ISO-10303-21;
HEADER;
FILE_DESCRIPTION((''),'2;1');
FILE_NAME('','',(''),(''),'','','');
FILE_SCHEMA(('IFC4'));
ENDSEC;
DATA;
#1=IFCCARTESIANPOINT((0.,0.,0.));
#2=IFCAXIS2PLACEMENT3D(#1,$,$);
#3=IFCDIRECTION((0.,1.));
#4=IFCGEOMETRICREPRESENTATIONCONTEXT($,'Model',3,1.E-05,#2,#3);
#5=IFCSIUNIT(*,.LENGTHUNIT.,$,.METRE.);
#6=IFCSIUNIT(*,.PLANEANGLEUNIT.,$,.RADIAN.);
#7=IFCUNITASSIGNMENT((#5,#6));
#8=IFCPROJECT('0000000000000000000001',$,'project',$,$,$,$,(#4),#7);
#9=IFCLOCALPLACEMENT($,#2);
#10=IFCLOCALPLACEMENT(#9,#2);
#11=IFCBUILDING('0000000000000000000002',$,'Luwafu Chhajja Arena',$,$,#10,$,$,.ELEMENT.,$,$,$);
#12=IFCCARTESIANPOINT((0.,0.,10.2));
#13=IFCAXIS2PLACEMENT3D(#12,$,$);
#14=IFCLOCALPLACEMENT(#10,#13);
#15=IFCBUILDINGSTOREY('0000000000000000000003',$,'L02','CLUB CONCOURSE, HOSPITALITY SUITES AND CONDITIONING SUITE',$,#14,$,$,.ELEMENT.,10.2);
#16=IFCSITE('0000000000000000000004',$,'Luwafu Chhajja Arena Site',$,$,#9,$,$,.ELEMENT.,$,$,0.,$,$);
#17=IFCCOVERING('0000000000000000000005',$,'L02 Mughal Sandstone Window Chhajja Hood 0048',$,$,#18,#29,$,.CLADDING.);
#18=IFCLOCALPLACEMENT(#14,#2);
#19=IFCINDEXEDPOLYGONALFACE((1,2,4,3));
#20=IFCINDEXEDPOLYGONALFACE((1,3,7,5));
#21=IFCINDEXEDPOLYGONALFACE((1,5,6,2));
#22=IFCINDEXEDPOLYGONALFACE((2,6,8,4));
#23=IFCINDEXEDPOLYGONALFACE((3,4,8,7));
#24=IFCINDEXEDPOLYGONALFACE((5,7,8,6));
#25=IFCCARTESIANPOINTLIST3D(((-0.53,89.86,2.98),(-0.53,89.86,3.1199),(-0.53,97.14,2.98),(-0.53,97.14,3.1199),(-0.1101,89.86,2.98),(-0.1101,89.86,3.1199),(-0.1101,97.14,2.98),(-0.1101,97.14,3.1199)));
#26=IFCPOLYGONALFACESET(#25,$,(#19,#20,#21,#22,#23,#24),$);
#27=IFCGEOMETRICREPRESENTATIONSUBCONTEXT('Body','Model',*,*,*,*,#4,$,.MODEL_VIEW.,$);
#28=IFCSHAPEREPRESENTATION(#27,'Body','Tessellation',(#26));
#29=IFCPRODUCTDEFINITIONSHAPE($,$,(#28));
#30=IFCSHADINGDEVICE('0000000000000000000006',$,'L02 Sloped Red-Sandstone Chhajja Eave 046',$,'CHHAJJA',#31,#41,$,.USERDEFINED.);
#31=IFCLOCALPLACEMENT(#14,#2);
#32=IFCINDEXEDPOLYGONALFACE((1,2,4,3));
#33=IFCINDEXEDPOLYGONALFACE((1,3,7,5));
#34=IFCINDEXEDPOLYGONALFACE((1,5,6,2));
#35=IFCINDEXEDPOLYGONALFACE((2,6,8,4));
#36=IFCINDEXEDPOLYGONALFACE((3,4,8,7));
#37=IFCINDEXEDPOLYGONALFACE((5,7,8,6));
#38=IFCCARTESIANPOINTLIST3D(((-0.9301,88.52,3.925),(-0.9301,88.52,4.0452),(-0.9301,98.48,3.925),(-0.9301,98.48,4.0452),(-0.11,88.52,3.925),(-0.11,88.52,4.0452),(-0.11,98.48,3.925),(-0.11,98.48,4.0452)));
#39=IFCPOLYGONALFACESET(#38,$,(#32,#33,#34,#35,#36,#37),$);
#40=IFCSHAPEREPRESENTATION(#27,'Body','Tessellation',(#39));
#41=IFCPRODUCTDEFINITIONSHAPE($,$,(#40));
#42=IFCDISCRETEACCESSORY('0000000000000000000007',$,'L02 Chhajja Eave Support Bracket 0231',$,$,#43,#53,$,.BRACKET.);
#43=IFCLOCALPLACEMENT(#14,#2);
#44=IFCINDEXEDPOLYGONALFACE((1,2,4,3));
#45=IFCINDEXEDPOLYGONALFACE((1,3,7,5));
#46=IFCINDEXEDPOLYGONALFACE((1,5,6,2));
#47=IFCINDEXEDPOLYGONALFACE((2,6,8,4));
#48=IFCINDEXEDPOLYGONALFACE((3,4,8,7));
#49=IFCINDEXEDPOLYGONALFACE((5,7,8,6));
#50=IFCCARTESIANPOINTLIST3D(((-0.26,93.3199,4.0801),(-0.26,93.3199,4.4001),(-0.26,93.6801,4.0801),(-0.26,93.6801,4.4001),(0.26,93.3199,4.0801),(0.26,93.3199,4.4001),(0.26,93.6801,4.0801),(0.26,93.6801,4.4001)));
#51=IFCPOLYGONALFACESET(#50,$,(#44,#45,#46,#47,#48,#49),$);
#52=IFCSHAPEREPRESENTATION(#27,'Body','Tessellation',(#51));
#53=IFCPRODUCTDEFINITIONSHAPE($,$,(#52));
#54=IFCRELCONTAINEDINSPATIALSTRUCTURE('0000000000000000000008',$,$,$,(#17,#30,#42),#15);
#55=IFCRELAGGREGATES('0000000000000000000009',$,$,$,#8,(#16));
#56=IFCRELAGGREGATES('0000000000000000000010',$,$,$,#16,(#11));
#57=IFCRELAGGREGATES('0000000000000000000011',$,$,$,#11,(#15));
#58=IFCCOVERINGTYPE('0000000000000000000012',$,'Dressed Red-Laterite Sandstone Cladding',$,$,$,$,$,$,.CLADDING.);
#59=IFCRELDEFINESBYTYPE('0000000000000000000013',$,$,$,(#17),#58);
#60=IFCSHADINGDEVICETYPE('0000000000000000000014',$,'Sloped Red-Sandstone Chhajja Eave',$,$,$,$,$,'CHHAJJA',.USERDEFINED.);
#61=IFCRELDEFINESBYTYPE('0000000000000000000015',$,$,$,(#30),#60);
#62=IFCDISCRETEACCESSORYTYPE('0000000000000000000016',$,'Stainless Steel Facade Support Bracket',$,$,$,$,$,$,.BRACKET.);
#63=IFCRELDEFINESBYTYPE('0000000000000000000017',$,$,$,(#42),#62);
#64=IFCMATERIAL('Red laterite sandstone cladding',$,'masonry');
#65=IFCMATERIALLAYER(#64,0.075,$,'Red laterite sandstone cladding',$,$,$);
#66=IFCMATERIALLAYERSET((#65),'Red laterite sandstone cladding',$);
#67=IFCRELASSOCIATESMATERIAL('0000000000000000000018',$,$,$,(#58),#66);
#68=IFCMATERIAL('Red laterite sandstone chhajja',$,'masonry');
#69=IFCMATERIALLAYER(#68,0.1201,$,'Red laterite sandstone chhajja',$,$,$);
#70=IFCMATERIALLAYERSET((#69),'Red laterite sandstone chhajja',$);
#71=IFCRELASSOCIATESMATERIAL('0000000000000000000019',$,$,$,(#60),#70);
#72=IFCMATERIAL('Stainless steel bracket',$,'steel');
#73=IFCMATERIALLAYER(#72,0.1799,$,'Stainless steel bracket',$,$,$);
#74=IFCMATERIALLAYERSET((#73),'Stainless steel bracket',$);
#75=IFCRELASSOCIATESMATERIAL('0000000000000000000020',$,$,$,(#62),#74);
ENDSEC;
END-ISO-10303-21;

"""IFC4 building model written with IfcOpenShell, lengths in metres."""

from ifc_helpers import new_model, si_unit, direction, frame, origin, origin_2d, place, context, subcontext, project, spatial, rectangle, extrude, material, layer, layer_set, type_object, element, save


model = new_model("IFC4")

# Units and contexts
model_context = context("Model", 3, precision=1e-05, world=origin(), true_north=direction((0.0, 1.0)))
body_context = subcontext(model_context, "Body", "Model", "MODEL_VIEW")
ifc_project = project(units=[si_unit("LENGTHUNIT", "METRE"), si_unit("PLANEANGLEUNIT", "RADIAN")], contexts=[model_context])

# Site, building, storey
site_placement = place(None, origin())
site = spatial("IfcSite", under=ifc_project, at=site_placement, Name="Luwafu Chhajja Arena Site", CompositionType="ELEMENT", RefElevation=0.0)
building_placement = place(site_placement, origin())
building = spatial("IfcBuilding", under=site, at=building_placement, Name="Luwafu Chhajja Arena", CompositionType="ELEMENT")
storey_placement = place(building_placement, frame((0.0, 0.0, 10.2)))
storey = spatial("IfcBuildingStorey", under=building, at=storey_placement, Name="L02", Description="CLUB CONCOURSE, HOSPITALITY SUITES AND CONDITIONING SUITE", CompositionType="ELEMENT", Elevation=10.2)

# Covering
ifc_material_1 = material(Name="Red laterite sandstone cladding", Category="masonry")
ifc_layer_1 = layer(ifc_material_1, 0.075, Name="Red laterite sandstone cladding")
ifc_layer_set_1 = layer_set([ifc_layer_1], Name="Red laterite sandstone cladding")
covering_type = type_object("IfcCoveringType", Name="Dressed Red-Laterite Sandstone Cladding", PredefinedType="CLADDING", material=ifc_layer_set_1)
covering_1_placement = place(storey_placement, frame((-0.3201, 93.5, 2.98), z_axis=(0.0, 0.0, 1.0), x_axis=(0.0, 1.0, 0.0)))
element("IfcCovering", 1, at=covering_1_placement, inside=storey, type_object=covering_type, Name="L02 Mughal Sandstone Window Chhajja Hood 0048", PredefinedType="CLADDING", context=body_context, shape_type="SweptSolid", body=[
    extrude(rectangle(XDim=7.28, YDim=0.4199, at=origin_2d()), origin(), (0.0, 0.0, 1.0), 0.1399),
])

# Shading device
ifc_material_2 = material(Name="Red laterite sandstone chhajja", Category="masonry")
ifc_layer_2 = layer(ifc_material_2, 0.1201, Name="Red laterite sandstone chhajja")
ifc_layer_set_2 = layer_set([ifc_layer_2], Name="Red laterite sandstone chhajja")
shading_device_type = type_object("IfcShadingDeviceType", Name="Sloped Red-Sandstone Chhajja Eave", ElementType="CHHAJJA", PredefinedType="USERDEFINED", material=ifc_layer_set_2)
shading_device_placement = place(storey_placement, frame((-0.52, 93.5, 3.925), z_axis=(0.0, 0.0, 1.0), x_axis=(0.0, 1.0, 0.0)))
element("IfcShadingDevice", 2, at=shading_device_placement, inside=storey, type_object=shading_device_type, Name="L02 Sloped Red-Sandstone Chhajja Eave 046", ObjectType="CHHAJJA", PredefinedType="USERDEFINED", context=body_context, shape_type="SweptSolid", body=[
    extrude(rectangle(XDim=9.96, YDim=0.8201, at=origin_2d()), origin(), (0.0, 0.0, 1.0), 0.1201),
])

# Discrete accessory
ifc_material_3 = material(Name="Stainless steel bracket", Category="steel")
ifc_layer_3 = layer(ifc_material_3, 0.1799, Name="Stainless steel bracket")
ifc_layer_set_3 = layer_set([ifc_layer_3], Name="Stainless steel bracket")
discrete_accessory_type = type_object("IfcDiscreteAccessoryType", Name="Stainless Steel Facade Support Bracket", PredefinedType="BRACKET", material=ifc_layer_set_3)
discrete_accessory_placement = place(storey_placement, frame((0.0, 93.5, 4.0801), z_axis=(0.0, 0.0, 1.0), x_axis=(0.0, 1.0, 0.0)))
element("IfcDiscreteAccessory", 3, at=discrete_accessory_placement, inside=storey, type_object=discrete_accessory_type, Name="L02 Chhajja Eave Support Bracket 0231", PredefinedType="BRACKET", context=body_context, shape_type="SweptSolid", body=[
    extrude(rectangle(XDim=0.3601, YDim=0.52, at=origin_2d()), origin(), (0.0, 0.0, 1.0), 0.3201),
])

save(model, "model.ifc")
